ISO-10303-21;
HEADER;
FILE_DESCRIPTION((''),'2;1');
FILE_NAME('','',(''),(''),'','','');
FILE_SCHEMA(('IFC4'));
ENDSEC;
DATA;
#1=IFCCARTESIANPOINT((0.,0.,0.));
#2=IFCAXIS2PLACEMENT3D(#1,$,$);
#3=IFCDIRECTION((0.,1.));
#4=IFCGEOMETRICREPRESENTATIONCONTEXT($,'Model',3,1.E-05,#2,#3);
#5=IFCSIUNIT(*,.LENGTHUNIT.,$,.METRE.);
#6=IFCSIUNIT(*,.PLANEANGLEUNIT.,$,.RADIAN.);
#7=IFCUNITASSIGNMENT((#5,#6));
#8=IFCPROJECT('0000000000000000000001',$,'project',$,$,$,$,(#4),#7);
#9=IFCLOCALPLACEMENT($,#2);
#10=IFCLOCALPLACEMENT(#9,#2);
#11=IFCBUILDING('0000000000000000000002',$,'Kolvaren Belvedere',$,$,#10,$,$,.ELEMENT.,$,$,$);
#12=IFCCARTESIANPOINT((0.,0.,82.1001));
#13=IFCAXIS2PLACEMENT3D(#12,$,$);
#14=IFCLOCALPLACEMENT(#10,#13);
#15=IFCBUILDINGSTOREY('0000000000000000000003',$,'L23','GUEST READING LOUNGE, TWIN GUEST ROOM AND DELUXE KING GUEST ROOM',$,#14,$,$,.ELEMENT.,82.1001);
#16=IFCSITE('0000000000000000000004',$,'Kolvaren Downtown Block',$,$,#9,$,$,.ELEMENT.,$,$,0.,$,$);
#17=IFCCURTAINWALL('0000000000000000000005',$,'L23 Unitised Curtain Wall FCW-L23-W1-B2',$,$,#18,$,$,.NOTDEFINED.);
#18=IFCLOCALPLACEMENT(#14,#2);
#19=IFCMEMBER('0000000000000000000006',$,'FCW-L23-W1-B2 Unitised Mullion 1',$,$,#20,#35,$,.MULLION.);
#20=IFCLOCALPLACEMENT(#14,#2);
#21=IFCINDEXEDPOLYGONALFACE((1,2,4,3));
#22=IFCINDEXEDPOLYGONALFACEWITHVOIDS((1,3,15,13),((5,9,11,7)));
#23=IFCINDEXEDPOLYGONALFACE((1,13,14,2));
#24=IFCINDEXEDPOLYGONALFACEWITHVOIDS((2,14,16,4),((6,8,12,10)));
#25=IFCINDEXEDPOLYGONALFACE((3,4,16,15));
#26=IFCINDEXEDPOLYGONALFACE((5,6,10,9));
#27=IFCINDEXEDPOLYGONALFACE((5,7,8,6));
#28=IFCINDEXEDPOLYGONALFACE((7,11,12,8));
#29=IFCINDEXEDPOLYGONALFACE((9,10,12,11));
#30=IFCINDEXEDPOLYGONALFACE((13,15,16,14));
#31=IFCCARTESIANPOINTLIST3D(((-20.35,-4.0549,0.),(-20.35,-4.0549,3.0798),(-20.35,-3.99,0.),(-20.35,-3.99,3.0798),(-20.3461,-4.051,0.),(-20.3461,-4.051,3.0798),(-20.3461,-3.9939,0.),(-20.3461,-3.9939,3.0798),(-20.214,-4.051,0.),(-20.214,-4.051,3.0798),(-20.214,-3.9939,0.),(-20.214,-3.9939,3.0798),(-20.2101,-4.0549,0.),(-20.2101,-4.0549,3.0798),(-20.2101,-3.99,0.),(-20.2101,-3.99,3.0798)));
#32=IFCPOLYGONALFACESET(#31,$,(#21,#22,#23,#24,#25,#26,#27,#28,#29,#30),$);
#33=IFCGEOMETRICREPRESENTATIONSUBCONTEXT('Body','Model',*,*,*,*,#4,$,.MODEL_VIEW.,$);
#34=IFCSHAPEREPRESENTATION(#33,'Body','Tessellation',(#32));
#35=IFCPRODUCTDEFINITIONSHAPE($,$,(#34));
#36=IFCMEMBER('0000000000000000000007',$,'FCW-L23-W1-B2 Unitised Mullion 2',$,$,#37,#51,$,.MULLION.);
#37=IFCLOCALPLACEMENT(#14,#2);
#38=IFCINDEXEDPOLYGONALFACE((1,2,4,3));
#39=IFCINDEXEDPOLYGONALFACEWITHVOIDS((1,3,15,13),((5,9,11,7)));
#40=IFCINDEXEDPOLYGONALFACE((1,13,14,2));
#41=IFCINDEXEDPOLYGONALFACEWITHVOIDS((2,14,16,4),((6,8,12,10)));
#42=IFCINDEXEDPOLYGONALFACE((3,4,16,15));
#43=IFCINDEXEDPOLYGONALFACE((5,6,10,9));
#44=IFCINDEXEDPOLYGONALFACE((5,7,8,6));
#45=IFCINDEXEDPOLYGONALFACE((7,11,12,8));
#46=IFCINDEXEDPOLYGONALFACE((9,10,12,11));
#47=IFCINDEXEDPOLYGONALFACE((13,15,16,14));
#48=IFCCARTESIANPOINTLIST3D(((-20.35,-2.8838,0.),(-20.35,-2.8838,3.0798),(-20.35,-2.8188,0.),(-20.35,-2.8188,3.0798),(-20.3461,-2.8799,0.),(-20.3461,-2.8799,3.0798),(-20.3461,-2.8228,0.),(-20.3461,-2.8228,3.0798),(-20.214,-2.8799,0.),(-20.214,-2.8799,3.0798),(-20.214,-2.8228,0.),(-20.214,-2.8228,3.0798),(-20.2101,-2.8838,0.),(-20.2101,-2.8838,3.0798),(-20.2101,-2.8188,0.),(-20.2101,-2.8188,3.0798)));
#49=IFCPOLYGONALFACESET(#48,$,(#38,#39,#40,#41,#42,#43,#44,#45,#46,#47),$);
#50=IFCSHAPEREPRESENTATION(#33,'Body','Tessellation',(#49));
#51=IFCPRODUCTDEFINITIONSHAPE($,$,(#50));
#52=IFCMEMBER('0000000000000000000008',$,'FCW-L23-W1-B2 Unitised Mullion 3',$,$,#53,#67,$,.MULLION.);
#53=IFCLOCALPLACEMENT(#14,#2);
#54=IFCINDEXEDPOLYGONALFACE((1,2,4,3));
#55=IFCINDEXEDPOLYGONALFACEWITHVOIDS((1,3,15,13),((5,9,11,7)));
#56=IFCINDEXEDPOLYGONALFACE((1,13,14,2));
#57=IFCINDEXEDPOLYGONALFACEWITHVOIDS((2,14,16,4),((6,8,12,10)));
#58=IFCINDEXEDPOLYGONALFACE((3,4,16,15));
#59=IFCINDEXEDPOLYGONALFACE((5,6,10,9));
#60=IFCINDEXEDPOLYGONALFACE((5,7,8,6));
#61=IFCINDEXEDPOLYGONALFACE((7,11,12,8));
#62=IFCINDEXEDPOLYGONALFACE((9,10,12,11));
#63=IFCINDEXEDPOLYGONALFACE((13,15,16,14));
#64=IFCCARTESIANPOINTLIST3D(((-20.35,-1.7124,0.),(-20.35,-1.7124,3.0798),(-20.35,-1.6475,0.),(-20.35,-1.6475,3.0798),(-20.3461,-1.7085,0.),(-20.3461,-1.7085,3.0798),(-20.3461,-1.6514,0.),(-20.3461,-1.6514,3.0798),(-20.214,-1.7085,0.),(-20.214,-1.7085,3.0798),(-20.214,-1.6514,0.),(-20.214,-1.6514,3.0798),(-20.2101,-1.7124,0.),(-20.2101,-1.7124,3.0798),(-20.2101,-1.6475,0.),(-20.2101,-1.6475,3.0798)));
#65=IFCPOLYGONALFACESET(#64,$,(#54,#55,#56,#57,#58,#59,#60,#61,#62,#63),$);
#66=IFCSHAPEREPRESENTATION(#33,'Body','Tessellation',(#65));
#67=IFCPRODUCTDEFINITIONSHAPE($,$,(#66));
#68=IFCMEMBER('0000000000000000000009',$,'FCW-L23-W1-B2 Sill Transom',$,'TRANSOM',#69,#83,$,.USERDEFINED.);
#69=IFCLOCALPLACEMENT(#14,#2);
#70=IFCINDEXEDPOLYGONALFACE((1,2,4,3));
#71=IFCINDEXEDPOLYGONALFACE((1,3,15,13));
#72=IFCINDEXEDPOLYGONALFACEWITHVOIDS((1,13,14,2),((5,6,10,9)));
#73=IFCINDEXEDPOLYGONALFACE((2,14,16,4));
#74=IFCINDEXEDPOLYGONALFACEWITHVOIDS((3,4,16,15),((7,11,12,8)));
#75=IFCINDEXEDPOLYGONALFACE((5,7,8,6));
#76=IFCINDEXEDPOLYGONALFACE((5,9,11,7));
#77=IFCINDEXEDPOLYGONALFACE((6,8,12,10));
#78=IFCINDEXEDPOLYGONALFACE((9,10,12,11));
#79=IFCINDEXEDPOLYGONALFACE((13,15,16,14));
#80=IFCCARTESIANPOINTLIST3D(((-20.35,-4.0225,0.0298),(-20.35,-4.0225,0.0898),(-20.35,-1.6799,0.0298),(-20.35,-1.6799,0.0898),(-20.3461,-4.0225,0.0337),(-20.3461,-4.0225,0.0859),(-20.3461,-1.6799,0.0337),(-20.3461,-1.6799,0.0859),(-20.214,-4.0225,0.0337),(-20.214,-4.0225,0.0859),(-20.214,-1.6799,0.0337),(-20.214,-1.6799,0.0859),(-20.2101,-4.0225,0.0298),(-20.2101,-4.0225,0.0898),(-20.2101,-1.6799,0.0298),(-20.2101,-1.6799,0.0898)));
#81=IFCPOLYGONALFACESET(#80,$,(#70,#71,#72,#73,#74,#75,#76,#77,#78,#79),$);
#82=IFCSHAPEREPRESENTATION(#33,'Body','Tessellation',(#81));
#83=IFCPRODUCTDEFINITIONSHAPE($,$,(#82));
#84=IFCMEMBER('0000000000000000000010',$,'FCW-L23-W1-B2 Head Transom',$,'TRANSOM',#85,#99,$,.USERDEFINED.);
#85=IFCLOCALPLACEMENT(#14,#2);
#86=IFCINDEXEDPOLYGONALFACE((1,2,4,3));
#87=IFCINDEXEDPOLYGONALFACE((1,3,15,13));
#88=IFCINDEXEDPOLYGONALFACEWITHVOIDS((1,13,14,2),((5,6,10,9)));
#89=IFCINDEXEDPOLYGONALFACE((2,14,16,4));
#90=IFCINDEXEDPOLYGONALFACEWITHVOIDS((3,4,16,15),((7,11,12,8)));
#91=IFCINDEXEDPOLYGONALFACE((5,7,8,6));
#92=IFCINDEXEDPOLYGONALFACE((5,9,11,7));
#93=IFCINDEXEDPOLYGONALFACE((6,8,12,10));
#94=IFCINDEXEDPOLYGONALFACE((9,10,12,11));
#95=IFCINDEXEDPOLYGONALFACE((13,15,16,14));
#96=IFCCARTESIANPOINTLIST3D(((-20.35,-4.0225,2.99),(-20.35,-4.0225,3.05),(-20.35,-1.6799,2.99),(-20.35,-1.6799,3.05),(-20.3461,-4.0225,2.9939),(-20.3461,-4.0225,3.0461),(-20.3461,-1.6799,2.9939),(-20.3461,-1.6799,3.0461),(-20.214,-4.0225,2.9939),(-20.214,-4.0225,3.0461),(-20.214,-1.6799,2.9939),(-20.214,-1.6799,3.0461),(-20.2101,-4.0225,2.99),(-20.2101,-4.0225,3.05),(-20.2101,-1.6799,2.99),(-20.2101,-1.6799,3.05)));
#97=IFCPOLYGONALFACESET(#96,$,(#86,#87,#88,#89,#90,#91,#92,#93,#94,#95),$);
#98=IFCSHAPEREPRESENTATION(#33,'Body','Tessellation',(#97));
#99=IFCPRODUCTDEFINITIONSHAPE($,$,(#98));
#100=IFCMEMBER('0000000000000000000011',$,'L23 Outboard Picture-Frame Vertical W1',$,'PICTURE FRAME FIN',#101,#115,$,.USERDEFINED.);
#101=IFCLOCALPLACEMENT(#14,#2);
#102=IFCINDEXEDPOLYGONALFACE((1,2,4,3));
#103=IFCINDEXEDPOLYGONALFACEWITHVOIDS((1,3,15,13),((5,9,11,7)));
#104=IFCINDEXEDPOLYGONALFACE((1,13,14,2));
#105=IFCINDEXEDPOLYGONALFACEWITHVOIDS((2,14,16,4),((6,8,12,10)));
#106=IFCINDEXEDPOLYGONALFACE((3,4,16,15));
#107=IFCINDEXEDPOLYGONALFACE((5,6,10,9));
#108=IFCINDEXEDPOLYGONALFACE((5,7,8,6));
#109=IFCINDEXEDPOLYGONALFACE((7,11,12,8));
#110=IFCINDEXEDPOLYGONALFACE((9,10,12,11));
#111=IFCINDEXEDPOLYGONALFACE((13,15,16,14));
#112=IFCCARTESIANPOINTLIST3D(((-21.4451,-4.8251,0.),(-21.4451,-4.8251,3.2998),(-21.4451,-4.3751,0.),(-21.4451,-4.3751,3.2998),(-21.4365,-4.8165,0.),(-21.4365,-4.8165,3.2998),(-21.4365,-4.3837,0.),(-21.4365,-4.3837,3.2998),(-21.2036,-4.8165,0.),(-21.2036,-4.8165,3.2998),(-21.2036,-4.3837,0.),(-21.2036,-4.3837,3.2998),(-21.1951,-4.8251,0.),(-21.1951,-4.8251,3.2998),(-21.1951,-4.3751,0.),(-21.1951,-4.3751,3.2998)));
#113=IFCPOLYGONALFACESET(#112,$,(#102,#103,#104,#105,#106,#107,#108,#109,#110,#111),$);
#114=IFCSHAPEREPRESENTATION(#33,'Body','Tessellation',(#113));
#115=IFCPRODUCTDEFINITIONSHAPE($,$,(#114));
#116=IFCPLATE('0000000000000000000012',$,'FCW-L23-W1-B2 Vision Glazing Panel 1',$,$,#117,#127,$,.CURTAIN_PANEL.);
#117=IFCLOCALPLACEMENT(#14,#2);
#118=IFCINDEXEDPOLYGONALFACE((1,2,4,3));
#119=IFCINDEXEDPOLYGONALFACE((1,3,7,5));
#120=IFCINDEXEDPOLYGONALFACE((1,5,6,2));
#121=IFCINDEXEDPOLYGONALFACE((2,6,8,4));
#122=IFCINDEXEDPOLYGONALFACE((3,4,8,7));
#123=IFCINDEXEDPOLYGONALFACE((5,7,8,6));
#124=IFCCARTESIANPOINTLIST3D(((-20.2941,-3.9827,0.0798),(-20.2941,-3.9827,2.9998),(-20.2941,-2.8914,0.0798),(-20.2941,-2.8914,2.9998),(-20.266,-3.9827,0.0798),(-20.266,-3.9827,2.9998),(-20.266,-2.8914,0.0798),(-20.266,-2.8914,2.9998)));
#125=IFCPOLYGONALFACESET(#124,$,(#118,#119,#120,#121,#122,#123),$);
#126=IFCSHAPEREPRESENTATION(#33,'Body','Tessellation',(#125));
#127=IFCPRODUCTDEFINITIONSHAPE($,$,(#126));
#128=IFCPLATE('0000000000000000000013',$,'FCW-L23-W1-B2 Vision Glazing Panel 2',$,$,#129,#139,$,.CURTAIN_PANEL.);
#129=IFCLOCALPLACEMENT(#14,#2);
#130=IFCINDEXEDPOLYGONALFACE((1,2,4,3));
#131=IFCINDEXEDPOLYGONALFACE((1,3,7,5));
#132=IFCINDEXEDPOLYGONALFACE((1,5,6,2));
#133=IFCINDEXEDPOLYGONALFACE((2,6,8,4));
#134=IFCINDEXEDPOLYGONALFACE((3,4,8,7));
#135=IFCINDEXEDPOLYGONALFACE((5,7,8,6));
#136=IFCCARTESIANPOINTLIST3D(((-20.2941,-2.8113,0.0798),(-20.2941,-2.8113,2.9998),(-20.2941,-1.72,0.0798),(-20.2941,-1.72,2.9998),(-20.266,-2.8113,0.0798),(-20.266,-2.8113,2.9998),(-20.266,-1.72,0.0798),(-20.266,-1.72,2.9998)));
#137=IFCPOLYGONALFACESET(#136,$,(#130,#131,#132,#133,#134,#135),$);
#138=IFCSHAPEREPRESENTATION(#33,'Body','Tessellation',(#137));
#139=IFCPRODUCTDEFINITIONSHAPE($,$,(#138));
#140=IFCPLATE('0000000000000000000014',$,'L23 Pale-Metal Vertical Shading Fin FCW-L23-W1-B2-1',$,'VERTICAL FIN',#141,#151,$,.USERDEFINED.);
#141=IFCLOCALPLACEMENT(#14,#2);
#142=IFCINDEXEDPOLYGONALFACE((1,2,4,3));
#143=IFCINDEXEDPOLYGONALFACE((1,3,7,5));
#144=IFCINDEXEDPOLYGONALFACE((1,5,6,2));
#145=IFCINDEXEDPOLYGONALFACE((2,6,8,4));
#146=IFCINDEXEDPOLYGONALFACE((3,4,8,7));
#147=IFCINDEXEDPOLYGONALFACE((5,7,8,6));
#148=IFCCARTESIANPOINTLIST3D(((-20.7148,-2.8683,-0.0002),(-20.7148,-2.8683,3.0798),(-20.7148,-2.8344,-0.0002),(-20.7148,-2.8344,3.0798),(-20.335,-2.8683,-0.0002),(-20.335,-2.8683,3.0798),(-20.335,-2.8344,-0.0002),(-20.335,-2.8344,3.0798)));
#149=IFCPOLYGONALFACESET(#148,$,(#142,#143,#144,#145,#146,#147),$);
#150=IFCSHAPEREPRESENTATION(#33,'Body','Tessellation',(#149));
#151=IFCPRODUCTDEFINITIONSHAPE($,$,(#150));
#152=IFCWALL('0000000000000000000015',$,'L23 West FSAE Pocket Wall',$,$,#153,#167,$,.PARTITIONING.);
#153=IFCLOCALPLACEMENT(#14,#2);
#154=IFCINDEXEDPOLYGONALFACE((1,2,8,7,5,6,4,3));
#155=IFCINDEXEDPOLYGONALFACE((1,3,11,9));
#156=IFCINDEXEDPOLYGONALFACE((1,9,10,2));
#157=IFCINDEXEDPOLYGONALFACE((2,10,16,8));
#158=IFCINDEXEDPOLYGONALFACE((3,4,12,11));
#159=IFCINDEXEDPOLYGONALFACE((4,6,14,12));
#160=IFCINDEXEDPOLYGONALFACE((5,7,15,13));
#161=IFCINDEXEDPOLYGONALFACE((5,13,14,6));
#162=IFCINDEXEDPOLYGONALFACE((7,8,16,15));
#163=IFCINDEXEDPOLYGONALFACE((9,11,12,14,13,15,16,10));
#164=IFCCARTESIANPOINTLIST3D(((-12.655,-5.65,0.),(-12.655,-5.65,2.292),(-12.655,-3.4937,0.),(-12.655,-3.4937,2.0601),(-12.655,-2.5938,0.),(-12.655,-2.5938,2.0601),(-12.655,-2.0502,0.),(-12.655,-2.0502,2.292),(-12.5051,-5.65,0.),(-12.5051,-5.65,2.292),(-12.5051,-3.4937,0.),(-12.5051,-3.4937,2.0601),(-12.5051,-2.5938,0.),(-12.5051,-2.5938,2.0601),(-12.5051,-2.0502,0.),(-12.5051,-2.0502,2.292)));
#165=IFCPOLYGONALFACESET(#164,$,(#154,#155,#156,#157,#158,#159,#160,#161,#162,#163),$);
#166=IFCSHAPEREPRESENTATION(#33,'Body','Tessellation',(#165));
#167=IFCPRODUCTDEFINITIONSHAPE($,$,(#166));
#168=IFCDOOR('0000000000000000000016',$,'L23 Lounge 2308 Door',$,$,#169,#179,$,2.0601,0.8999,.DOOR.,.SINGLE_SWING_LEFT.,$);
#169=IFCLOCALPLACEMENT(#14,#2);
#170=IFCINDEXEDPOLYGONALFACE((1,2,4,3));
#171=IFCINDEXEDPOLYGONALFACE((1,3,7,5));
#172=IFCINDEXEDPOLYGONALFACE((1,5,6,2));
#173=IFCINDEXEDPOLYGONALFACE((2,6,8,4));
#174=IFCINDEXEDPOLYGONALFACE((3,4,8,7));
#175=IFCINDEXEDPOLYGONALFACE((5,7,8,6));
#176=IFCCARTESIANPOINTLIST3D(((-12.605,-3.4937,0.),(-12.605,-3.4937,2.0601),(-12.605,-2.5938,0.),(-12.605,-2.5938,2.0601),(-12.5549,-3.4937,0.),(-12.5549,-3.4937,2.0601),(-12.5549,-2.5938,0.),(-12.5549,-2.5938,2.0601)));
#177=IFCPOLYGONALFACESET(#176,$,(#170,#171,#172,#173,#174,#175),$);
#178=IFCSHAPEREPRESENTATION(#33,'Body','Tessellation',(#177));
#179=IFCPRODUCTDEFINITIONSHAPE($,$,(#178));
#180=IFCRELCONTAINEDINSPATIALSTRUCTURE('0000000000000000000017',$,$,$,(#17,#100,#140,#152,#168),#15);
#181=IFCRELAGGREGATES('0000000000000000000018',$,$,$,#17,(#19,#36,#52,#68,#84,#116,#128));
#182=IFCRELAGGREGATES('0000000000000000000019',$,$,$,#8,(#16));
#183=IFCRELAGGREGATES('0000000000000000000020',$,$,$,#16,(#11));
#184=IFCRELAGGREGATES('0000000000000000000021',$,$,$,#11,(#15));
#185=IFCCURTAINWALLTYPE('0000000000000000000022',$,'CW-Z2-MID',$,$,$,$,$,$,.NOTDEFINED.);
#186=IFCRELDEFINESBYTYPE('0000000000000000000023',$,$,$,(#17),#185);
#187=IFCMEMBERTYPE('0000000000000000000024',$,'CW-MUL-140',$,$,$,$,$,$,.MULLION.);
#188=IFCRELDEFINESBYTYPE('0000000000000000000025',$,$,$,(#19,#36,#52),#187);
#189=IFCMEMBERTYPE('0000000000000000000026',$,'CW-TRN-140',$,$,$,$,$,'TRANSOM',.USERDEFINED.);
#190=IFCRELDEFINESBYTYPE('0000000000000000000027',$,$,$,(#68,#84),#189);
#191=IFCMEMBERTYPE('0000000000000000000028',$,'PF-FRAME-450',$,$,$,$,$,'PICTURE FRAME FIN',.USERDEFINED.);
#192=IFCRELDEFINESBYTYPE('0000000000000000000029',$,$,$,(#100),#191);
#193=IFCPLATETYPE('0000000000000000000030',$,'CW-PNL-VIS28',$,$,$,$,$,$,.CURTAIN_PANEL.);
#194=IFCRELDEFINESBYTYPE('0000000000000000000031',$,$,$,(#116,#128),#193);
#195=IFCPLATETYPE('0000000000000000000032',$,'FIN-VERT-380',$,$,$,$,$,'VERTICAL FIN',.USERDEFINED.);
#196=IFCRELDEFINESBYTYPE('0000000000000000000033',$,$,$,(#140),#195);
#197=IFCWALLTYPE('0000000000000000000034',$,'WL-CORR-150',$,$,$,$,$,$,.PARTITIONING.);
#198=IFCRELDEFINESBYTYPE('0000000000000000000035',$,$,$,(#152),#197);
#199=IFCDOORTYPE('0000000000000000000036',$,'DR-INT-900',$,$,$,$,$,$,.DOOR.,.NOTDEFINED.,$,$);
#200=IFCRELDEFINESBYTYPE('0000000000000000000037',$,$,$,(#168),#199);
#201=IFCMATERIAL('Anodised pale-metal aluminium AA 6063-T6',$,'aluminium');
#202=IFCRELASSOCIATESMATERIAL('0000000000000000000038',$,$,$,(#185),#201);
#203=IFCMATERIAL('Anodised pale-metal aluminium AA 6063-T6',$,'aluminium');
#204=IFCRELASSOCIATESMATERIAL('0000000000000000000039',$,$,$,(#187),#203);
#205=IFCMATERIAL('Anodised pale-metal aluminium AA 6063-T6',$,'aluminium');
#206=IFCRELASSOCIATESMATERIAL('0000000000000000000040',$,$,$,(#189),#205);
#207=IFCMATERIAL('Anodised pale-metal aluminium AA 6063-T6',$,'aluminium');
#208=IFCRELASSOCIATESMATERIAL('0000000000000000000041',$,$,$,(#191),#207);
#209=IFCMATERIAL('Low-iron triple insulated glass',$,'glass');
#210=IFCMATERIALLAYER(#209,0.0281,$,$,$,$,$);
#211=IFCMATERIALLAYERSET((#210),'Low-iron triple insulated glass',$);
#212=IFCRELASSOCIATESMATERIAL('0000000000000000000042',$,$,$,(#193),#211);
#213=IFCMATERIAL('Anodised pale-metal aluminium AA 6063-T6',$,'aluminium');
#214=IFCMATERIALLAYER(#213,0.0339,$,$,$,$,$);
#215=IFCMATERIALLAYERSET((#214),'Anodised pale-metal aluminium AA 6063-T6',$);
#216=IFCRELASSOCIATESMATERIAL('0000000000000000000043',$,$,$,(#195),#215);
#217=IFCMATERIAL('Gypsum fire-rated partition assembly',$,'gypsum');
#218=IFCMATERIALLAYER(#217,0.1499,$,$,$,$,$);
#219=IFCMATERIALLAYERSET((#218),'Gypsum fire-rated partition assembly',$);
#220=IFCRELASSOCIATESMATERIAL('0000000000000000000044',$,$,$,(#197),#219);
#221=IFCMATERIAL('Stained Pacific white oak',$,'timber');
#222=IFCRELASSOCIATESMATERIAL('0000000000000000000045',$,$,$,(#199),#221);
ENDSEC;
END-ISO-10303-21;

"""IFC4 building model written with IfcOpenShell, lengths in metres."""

from ifc_helpers import new_model, si_unit, direction, frame, frame_2d, origin, origin_2d, place, context, subcontext, project, spatial, rectangle, hollow_rectangle, extrude, material, layer, layer_set, material_profile, profile_set, type_object, element, fill, aggregate, save


model = new_model("IFC4")

# Units and contexts
model_context = context("Model", 3, precision=1e-05, world=origin(), true_north=direction((0.0, 1.0)))
body_context = subcontext(model_context, "Body", "Model", "MODEL_VIEW")
ifc_project = project(units=[si_unit("LENGTHUNIT", "METRE"), si_unit("PLANEANGLEUNIT", "RADIAN")], contexts=[model_context])

# Site, building, storey
site_placement = place(None, origin())
site = spatial("IfcSite", under=ifc_project, at=site_placement, Name="Kolvaren Downtown Block", CompositionType="ELEMENT", RefElevation=0.0)
building_placement = place(site_placement, origin())
building = spatial("IfcBuilding", under=site, at=building_placement, Name="Kolvaren Belvedere", CompositionType="ELEMENT")
storey_placement = place(building_placement, frame((0.0, 0.0, 82.1001)))
storey = spatial("IfcBuildingStorey", under=building, at=storey_placement, Name="L23", Description="GUEST READING LOUNGE, TWIN GUEST ROOM AND DELUXE KING GUEST ROOM", CompositionType="ELEMENT", Elevation=82.1001)

# Shared definitions
ifc_material_1 = material(Name="Anodised pale-metal aluminium AA 6063-T6", Category="aluminium")
curtain_wall_type = type_object("IfcCurtainWallType", Name="CW-Z2-MID", PredefinedType="NOTDEFINED", material=ifc_material_1)
ifc_material_2 = material(Name="Anodised pale-metal aluminium AA 6063-T6", Category="aluminium")
ifc_material_profile_1 = material_profile(ifc_material_2, hollow_rectangle(XDim=0.0649, YDim=0.1399, WallThickness=0.0039, at=origin_2d()), Name="ALU-MUL-140X65")
ifc_profile_set_1 = profile_set([ifc_material_profile_1], Name="Anodised pale-metal aluminium AA 6063-T6")
member_type_1 = type_object("IfcMemberType", Name="CW-MUL-140", PredefinedType="MULLION", material=ifc_profile_set_1)

# Curtain wall, members
curtain_wall_1_placement = place(storey_placement, origin())
curtain_wall_1 = element("IfcCurtainWall", 1, at=curtain_wall_1_placement, inside=storey, type_object=curtain_wall_type, Name="L23 Unitised Curtain Wall FCW-L23-W1-B2", PredefinedType="NOTDEFINED")
member_1_placement = place(storey_placement, frame((-20.28, -4.0225, 0.0), z_axis=(0.0, 0.0, 1.0), x_axis=(0.0, 1.0, 0.0)))
member_1 = element("IfcMember", 2, at=member_1_placement, type_object=member_type_1, Name="FCW-L23-W1-B2 Unitised Mullion 1", PredefinedType="MULLION", context=body_context, shape_type="SweptSolid", body=[
    extrude(hollow_rectangle(XDim=0.0649, YDim=0.1399, WallThickness=0.0039, at=origin_2d()), origin(), (0.0, 0.0, 1.0), 3.0798),
])
member_2_placement = place(storey_placement, frame((-20.28, -2.8513, 0.0), z_axis=(0.0, 0.0, 1.0), x_axis=(0.0, 1.0, 0.0)))
member_2 = element("IfcMember", 3, at=member_2_placement, type_object=member_type_1, Name="FCW-L23-W1-B2 Unitised Mullion 2", PredefinedType="MULLION", context=body_context, shape_type="SweptSolid", body=[
    extrude(hollow_rectangle(XDim=0.0649, YDim=0.1399, WallThickness=0.0039, at=origin_2d()), origin(), (0.0, 0.0, 1.0), 3.0798),
])
member_3_placement = place(storey_placement, frame((-20.28, -1.6799, 0.0), z_axis=(0.0, 0.0, 1.0), x_axis=(0.0, 1.0, 0.0)))
member_3 = element("IfcMember", 4, at=member_3_placement, type_object=member_type_1, Name="FCW-L23-W1-B2 Unitised Mullion 3", PredefinedType="MULLION", context=body_context, shape_type="SweptSolid", body=[
    extrude(hollow_rectangle(XDim=0.0649, YDim=0.1399, WallThickness=0.0039, at=origin_2d()), origin(), (0.0, 0.0, 1.0), 3.0798),
])
ifc_material_3 = material(Name="Anodised pale-metal aluminium AA 6063-T6", Category="aluminium")
ifc_material_profile_2 = material_profile(ifc_material_3, hollow_rectangle(XDim=0.0601, YDim=0.1399, WallThickness=0.0039, at=origin_2d()), Name="ALU-TRN-140X60")
ifc_profile_set_2 = profile_set([ifc_material_profile_2], Name="Anodised pale-metal aluminium AA 6063-T6")
member_type_2 = type_object("IfcMemberType", Name="CW-TRN-140", ElementType="TRANSOM", PredefinedType="USERDEFINED", material=ifc_profile_set_2)
member_4_placement = place(storey_placement, frame((-20.28, -4.0225, 0.0598), z_axis=(0.0, 1.0, 0.0), x_axis=(0.0, 0.0, 1.0)))
member_4 = element("IfcMember", 5, at=member_4_placement, type_object=member_type_2, Name="FCW-L23-W1-B2 Sill Transom", ObjectType="TRANSOM", PredefinedType="USERDEFINED", context=body_context, shape_type="SweptSolid", body=[
    extrude(hollow_rectangle(XDim=0.0601, YDim=0.1399, WallThickness=0.0039, at=origin_2d()), origin(), (0.0, 0.0, 1.0), 2.3425),
])
member_5_placement = place(storey_placement, frame((-20.28, -4.0225, 3.02), z_axis=(0.0, 1.0, 0.0), x_axis=(0.0, 0.0, 1.0)))
member_5 = element("IfcMember", 6, at=member_5_placement, type_object=member_type_2, Name="FCW-L23-W1-B2 Head Transom", ObjectType="TRANSOM", PredefinedType="USERDEFINED", context=body_context, shape_type="SweptSolid", body=[
    extrude(hollow_rectangle(XDim=0.0601, YDim=0.1399, WallThickness=0.0039, at=origin_2d()), origin(), (0.0, 0.0, 1.0), 2.3425),
])

# Member
ifc_material_4 = material(Name="Anodised pale-metal aluminium AA 6063-T6", Category="aluminium")
ifc_material_profile_3 = material_profile(ifc_material_4, hollow_rectangle(XDim=0.25, YDim=0.45, WallThickness=0.0085, at=origin_2d()), Name="ALU-PF-450X250")
ifc_profile_set_3 = profile_set([ifc_material_profile_3], Name="Anodised pale-metal aluminium AA 6063-T6")
member_type_3 = type_object("IfcMemberType", Name="PF-FRAME-450", ElementType="PICTURE FRAME FIN", PredefinedType="USERDEFINED", material=ifc_profile_set_3)
member_6_placement = place(storey_placement, frame((-21.3201, -4.6001, 0.0), z_axis=(0.0, 0.0, 1.0), x_axis=(1.0, 0.0, 0.0)))
element("IfcMember", 7, at=member_6_placement, inside=storey, type_object=member_type_3, Name="L23 Outboard Picture-Frame Vertical W1", ObjectType="PICTURE FRAME FIN", PredefinedType="USERDEFINED", context=body_context, shape_type="SweptSolid", body=[
    extrude(hollow_rectangle(XDim=0.25, YDim=0.45, WallThickness=0.0085, at=origin_2d()), origin(), (0.0, 0.0, 1.0), 3.2998),
])

# Plates
ifc_material_5 = material(Name="Low-iron triple insulated glass", Category="glass")
ifc_layer_1 = layer(ifc_material_5, 0.0281)
ifc_layer_set_1 = layer_set([ifc_layer_1], Name="Low-iron triple insulated glass")
plate_type_1 = type_object("IfcPlateType", Name="CW-PNL-VIS28", PredefinedType="CURTAIN_PANEL", material=ifc_layer_set_1)
plate_1_placement = place(storey_placement, frame((-20.28, -3.437, 0.0798), z_axis=(0.0, 0.0, 1.0), x_axis=(0.0, 1.0, 0.0)))
plate_1 = element("IfcPlate", 8, at=plate_1_placement, type_object=plate_type_1, Name="FCW-L23-W1-B2 Vision Glazing Panel 1", PredefinedType="CURTAIN_PANEL", context=body_context, shape_type="SweptSolid", body=[
    extrude(rectangle(XDim=1.0913, YDim=0.0281, at=origin_2d()), origin(), (0.0, 0.0, 1.0), 2.9199),
])
plate_2_placement = place(storey_placement, frame((-20.28, -2.2656, 0.0798), z_axis=(0.0, 0.0, 1.0), x_axis=(0.0, 1.0, 0.0)))
plate_2 = element("IfcPlate", 9, at=plate_2_placement, type_object=plate_type_1, Name="FCW-L23-W1-B2 Vision Glazing Panel 2", PredefinedType="CURTAIN_PANEL", context=body_context, shape_type="SweptSolid", body=[
    extrude(rectangle(XDim=1.0913, YDim=0.0281, at=origin_2d()), origin(), (0.0, 0.0, 1.0), 2.9199),
])
aggregate(curtain_wall_1, [member_1, member_2, member_3, member_4, member_5, plate_1, plate_2])
ifc_material_6 = material(Name="Anodised pale-metal aluminium AA 6063-T6", Category="aluminium")
ifc_layer_2 = layer(ifc_material_6, 0.0339)
ifc_layer_set_2 = layer_set([ifc_layer_2], Name="Anodised pale-metal aluminium AA 6063-T6")
plate_type_2 = type_object("IfcPlateType", Name="FIN-VERT-380", ElementType="VERTICAL FIN", PredefinedType="USERDEFINED", material=ifc_layer_set_2)
plate_3_placement = place(storey_placement, frame((-20.5249, -2.8513, -0.0002), z_axis=(0.0, 0.0, 1.0), x_axis=(1.0, 0.0, 0.0)))
element("IfcPlate", 10, at=plate_3_placement, inside=storey, type_object=plate_type_2, Name="L23 Pale-Metal Vertical Shading Fin FCW-L23-W1-B2-1", ObjectType="VERTICAL FIN", PredefinedType="USERDEFINED", context=body_context, shape_type="SweptSolid", body=[
    extrude(rectangle(XDim=0.3799, YDim=0.0339, at=origin_2d()), origin(), (0.0, 0.0, 1.0), 3.0801),
])

# Wall, opening, door
ifc_material_7 = material(Name="Gypsum fire-rated partition assembly", Category="gypsum")
ifc_layer_3 = layer(ifc_material_7, 0.1499)
ifc_layer_set_3 = layer_set([ifc_layer_3], Name="Gypsum fire-rated partition assembly")
wall_type_1 = type_object("IfcWallType", Name="WL-CORR-150", PredefinedType="PARTITIONING", material=ifc_layer_set_3)
wall_1_placement = place(storey_placement, frame((-12.5801, -5.6499, 0.0), z_axis=(0.0, 0.0, 1.0), x_axis=(0.0, 1.0, 0.0)))
wall_1 = element("IfcWall", 11, at=wall_1_placement, inside=storey, type_object=wall_type_1, Name="L23 West FSAE Pocket Wall", PredefinedType="PARTITIONING", context=body_context, shape_type="SweptSolid", body=[
    extrude(rectangle(XDim=3.5999, YDim=0.1499, at=frame_2d((1.7998, 0.0))), origin(), (0.0, 0.0, 1.0), 2.292),
])
opening_1_placement = place(wall_1_placement, frame((2.1562, 0.0, 0.0)))
opening_1 = element("IfcOpeningElement", 12, at=opening_1_placement, cuts=wall_1, PredefinedType="OPENING", context=body_context, shape_type="SweptSolid", body=[
    extrude(rectangle(XDim=0.8999, YDim=2.0601, at=frame_2d((0.45, 1.03))), frame((0.0, 0.085, 0.0), z_axis=(0.0, -1.0, 0.0), x_axis=(1.0, 0.0, 0.0)), (0.0, 0.0, 1.0), 0.1699),
])
ifc_material_8 = material(Name="Stained Pacific white oak", Category="timber")
door_type_1 = type_object("IfcDoorType", Name="DR-INT-900", OperationType="NOTDEFINED", PredefinedType="DOOR", material=ifc_material_8)
door_1_placement = place(opening_1_placement, origin())
door_1 = element("IfcDoor", 13, at=door_1_placement, inside=storey, type_object=door_type_1, Name="L23 Lounge 2308 Door", OperationType="SINGLE_SWING_LEFT", OverallHeight=2.0601, OverallWidth=0.8999, PredefinedType="DOOR", context=body_context, shape_type="SweptSolid", body=[
    extrude(rectangle(XDim=0.8999, YDim=2.0601, at=frame_2d((0.45, 1.03))), frame((0.0, 0.0249, 0.0), z_axis=(0.0, -1.0, 0.0), x_axis=(1.0, 0.0, 0.0)), (0.0, 0.0, 1.0), 0.05),
])
fill(opening_1, door_1)

save(model, "model.ifc")
